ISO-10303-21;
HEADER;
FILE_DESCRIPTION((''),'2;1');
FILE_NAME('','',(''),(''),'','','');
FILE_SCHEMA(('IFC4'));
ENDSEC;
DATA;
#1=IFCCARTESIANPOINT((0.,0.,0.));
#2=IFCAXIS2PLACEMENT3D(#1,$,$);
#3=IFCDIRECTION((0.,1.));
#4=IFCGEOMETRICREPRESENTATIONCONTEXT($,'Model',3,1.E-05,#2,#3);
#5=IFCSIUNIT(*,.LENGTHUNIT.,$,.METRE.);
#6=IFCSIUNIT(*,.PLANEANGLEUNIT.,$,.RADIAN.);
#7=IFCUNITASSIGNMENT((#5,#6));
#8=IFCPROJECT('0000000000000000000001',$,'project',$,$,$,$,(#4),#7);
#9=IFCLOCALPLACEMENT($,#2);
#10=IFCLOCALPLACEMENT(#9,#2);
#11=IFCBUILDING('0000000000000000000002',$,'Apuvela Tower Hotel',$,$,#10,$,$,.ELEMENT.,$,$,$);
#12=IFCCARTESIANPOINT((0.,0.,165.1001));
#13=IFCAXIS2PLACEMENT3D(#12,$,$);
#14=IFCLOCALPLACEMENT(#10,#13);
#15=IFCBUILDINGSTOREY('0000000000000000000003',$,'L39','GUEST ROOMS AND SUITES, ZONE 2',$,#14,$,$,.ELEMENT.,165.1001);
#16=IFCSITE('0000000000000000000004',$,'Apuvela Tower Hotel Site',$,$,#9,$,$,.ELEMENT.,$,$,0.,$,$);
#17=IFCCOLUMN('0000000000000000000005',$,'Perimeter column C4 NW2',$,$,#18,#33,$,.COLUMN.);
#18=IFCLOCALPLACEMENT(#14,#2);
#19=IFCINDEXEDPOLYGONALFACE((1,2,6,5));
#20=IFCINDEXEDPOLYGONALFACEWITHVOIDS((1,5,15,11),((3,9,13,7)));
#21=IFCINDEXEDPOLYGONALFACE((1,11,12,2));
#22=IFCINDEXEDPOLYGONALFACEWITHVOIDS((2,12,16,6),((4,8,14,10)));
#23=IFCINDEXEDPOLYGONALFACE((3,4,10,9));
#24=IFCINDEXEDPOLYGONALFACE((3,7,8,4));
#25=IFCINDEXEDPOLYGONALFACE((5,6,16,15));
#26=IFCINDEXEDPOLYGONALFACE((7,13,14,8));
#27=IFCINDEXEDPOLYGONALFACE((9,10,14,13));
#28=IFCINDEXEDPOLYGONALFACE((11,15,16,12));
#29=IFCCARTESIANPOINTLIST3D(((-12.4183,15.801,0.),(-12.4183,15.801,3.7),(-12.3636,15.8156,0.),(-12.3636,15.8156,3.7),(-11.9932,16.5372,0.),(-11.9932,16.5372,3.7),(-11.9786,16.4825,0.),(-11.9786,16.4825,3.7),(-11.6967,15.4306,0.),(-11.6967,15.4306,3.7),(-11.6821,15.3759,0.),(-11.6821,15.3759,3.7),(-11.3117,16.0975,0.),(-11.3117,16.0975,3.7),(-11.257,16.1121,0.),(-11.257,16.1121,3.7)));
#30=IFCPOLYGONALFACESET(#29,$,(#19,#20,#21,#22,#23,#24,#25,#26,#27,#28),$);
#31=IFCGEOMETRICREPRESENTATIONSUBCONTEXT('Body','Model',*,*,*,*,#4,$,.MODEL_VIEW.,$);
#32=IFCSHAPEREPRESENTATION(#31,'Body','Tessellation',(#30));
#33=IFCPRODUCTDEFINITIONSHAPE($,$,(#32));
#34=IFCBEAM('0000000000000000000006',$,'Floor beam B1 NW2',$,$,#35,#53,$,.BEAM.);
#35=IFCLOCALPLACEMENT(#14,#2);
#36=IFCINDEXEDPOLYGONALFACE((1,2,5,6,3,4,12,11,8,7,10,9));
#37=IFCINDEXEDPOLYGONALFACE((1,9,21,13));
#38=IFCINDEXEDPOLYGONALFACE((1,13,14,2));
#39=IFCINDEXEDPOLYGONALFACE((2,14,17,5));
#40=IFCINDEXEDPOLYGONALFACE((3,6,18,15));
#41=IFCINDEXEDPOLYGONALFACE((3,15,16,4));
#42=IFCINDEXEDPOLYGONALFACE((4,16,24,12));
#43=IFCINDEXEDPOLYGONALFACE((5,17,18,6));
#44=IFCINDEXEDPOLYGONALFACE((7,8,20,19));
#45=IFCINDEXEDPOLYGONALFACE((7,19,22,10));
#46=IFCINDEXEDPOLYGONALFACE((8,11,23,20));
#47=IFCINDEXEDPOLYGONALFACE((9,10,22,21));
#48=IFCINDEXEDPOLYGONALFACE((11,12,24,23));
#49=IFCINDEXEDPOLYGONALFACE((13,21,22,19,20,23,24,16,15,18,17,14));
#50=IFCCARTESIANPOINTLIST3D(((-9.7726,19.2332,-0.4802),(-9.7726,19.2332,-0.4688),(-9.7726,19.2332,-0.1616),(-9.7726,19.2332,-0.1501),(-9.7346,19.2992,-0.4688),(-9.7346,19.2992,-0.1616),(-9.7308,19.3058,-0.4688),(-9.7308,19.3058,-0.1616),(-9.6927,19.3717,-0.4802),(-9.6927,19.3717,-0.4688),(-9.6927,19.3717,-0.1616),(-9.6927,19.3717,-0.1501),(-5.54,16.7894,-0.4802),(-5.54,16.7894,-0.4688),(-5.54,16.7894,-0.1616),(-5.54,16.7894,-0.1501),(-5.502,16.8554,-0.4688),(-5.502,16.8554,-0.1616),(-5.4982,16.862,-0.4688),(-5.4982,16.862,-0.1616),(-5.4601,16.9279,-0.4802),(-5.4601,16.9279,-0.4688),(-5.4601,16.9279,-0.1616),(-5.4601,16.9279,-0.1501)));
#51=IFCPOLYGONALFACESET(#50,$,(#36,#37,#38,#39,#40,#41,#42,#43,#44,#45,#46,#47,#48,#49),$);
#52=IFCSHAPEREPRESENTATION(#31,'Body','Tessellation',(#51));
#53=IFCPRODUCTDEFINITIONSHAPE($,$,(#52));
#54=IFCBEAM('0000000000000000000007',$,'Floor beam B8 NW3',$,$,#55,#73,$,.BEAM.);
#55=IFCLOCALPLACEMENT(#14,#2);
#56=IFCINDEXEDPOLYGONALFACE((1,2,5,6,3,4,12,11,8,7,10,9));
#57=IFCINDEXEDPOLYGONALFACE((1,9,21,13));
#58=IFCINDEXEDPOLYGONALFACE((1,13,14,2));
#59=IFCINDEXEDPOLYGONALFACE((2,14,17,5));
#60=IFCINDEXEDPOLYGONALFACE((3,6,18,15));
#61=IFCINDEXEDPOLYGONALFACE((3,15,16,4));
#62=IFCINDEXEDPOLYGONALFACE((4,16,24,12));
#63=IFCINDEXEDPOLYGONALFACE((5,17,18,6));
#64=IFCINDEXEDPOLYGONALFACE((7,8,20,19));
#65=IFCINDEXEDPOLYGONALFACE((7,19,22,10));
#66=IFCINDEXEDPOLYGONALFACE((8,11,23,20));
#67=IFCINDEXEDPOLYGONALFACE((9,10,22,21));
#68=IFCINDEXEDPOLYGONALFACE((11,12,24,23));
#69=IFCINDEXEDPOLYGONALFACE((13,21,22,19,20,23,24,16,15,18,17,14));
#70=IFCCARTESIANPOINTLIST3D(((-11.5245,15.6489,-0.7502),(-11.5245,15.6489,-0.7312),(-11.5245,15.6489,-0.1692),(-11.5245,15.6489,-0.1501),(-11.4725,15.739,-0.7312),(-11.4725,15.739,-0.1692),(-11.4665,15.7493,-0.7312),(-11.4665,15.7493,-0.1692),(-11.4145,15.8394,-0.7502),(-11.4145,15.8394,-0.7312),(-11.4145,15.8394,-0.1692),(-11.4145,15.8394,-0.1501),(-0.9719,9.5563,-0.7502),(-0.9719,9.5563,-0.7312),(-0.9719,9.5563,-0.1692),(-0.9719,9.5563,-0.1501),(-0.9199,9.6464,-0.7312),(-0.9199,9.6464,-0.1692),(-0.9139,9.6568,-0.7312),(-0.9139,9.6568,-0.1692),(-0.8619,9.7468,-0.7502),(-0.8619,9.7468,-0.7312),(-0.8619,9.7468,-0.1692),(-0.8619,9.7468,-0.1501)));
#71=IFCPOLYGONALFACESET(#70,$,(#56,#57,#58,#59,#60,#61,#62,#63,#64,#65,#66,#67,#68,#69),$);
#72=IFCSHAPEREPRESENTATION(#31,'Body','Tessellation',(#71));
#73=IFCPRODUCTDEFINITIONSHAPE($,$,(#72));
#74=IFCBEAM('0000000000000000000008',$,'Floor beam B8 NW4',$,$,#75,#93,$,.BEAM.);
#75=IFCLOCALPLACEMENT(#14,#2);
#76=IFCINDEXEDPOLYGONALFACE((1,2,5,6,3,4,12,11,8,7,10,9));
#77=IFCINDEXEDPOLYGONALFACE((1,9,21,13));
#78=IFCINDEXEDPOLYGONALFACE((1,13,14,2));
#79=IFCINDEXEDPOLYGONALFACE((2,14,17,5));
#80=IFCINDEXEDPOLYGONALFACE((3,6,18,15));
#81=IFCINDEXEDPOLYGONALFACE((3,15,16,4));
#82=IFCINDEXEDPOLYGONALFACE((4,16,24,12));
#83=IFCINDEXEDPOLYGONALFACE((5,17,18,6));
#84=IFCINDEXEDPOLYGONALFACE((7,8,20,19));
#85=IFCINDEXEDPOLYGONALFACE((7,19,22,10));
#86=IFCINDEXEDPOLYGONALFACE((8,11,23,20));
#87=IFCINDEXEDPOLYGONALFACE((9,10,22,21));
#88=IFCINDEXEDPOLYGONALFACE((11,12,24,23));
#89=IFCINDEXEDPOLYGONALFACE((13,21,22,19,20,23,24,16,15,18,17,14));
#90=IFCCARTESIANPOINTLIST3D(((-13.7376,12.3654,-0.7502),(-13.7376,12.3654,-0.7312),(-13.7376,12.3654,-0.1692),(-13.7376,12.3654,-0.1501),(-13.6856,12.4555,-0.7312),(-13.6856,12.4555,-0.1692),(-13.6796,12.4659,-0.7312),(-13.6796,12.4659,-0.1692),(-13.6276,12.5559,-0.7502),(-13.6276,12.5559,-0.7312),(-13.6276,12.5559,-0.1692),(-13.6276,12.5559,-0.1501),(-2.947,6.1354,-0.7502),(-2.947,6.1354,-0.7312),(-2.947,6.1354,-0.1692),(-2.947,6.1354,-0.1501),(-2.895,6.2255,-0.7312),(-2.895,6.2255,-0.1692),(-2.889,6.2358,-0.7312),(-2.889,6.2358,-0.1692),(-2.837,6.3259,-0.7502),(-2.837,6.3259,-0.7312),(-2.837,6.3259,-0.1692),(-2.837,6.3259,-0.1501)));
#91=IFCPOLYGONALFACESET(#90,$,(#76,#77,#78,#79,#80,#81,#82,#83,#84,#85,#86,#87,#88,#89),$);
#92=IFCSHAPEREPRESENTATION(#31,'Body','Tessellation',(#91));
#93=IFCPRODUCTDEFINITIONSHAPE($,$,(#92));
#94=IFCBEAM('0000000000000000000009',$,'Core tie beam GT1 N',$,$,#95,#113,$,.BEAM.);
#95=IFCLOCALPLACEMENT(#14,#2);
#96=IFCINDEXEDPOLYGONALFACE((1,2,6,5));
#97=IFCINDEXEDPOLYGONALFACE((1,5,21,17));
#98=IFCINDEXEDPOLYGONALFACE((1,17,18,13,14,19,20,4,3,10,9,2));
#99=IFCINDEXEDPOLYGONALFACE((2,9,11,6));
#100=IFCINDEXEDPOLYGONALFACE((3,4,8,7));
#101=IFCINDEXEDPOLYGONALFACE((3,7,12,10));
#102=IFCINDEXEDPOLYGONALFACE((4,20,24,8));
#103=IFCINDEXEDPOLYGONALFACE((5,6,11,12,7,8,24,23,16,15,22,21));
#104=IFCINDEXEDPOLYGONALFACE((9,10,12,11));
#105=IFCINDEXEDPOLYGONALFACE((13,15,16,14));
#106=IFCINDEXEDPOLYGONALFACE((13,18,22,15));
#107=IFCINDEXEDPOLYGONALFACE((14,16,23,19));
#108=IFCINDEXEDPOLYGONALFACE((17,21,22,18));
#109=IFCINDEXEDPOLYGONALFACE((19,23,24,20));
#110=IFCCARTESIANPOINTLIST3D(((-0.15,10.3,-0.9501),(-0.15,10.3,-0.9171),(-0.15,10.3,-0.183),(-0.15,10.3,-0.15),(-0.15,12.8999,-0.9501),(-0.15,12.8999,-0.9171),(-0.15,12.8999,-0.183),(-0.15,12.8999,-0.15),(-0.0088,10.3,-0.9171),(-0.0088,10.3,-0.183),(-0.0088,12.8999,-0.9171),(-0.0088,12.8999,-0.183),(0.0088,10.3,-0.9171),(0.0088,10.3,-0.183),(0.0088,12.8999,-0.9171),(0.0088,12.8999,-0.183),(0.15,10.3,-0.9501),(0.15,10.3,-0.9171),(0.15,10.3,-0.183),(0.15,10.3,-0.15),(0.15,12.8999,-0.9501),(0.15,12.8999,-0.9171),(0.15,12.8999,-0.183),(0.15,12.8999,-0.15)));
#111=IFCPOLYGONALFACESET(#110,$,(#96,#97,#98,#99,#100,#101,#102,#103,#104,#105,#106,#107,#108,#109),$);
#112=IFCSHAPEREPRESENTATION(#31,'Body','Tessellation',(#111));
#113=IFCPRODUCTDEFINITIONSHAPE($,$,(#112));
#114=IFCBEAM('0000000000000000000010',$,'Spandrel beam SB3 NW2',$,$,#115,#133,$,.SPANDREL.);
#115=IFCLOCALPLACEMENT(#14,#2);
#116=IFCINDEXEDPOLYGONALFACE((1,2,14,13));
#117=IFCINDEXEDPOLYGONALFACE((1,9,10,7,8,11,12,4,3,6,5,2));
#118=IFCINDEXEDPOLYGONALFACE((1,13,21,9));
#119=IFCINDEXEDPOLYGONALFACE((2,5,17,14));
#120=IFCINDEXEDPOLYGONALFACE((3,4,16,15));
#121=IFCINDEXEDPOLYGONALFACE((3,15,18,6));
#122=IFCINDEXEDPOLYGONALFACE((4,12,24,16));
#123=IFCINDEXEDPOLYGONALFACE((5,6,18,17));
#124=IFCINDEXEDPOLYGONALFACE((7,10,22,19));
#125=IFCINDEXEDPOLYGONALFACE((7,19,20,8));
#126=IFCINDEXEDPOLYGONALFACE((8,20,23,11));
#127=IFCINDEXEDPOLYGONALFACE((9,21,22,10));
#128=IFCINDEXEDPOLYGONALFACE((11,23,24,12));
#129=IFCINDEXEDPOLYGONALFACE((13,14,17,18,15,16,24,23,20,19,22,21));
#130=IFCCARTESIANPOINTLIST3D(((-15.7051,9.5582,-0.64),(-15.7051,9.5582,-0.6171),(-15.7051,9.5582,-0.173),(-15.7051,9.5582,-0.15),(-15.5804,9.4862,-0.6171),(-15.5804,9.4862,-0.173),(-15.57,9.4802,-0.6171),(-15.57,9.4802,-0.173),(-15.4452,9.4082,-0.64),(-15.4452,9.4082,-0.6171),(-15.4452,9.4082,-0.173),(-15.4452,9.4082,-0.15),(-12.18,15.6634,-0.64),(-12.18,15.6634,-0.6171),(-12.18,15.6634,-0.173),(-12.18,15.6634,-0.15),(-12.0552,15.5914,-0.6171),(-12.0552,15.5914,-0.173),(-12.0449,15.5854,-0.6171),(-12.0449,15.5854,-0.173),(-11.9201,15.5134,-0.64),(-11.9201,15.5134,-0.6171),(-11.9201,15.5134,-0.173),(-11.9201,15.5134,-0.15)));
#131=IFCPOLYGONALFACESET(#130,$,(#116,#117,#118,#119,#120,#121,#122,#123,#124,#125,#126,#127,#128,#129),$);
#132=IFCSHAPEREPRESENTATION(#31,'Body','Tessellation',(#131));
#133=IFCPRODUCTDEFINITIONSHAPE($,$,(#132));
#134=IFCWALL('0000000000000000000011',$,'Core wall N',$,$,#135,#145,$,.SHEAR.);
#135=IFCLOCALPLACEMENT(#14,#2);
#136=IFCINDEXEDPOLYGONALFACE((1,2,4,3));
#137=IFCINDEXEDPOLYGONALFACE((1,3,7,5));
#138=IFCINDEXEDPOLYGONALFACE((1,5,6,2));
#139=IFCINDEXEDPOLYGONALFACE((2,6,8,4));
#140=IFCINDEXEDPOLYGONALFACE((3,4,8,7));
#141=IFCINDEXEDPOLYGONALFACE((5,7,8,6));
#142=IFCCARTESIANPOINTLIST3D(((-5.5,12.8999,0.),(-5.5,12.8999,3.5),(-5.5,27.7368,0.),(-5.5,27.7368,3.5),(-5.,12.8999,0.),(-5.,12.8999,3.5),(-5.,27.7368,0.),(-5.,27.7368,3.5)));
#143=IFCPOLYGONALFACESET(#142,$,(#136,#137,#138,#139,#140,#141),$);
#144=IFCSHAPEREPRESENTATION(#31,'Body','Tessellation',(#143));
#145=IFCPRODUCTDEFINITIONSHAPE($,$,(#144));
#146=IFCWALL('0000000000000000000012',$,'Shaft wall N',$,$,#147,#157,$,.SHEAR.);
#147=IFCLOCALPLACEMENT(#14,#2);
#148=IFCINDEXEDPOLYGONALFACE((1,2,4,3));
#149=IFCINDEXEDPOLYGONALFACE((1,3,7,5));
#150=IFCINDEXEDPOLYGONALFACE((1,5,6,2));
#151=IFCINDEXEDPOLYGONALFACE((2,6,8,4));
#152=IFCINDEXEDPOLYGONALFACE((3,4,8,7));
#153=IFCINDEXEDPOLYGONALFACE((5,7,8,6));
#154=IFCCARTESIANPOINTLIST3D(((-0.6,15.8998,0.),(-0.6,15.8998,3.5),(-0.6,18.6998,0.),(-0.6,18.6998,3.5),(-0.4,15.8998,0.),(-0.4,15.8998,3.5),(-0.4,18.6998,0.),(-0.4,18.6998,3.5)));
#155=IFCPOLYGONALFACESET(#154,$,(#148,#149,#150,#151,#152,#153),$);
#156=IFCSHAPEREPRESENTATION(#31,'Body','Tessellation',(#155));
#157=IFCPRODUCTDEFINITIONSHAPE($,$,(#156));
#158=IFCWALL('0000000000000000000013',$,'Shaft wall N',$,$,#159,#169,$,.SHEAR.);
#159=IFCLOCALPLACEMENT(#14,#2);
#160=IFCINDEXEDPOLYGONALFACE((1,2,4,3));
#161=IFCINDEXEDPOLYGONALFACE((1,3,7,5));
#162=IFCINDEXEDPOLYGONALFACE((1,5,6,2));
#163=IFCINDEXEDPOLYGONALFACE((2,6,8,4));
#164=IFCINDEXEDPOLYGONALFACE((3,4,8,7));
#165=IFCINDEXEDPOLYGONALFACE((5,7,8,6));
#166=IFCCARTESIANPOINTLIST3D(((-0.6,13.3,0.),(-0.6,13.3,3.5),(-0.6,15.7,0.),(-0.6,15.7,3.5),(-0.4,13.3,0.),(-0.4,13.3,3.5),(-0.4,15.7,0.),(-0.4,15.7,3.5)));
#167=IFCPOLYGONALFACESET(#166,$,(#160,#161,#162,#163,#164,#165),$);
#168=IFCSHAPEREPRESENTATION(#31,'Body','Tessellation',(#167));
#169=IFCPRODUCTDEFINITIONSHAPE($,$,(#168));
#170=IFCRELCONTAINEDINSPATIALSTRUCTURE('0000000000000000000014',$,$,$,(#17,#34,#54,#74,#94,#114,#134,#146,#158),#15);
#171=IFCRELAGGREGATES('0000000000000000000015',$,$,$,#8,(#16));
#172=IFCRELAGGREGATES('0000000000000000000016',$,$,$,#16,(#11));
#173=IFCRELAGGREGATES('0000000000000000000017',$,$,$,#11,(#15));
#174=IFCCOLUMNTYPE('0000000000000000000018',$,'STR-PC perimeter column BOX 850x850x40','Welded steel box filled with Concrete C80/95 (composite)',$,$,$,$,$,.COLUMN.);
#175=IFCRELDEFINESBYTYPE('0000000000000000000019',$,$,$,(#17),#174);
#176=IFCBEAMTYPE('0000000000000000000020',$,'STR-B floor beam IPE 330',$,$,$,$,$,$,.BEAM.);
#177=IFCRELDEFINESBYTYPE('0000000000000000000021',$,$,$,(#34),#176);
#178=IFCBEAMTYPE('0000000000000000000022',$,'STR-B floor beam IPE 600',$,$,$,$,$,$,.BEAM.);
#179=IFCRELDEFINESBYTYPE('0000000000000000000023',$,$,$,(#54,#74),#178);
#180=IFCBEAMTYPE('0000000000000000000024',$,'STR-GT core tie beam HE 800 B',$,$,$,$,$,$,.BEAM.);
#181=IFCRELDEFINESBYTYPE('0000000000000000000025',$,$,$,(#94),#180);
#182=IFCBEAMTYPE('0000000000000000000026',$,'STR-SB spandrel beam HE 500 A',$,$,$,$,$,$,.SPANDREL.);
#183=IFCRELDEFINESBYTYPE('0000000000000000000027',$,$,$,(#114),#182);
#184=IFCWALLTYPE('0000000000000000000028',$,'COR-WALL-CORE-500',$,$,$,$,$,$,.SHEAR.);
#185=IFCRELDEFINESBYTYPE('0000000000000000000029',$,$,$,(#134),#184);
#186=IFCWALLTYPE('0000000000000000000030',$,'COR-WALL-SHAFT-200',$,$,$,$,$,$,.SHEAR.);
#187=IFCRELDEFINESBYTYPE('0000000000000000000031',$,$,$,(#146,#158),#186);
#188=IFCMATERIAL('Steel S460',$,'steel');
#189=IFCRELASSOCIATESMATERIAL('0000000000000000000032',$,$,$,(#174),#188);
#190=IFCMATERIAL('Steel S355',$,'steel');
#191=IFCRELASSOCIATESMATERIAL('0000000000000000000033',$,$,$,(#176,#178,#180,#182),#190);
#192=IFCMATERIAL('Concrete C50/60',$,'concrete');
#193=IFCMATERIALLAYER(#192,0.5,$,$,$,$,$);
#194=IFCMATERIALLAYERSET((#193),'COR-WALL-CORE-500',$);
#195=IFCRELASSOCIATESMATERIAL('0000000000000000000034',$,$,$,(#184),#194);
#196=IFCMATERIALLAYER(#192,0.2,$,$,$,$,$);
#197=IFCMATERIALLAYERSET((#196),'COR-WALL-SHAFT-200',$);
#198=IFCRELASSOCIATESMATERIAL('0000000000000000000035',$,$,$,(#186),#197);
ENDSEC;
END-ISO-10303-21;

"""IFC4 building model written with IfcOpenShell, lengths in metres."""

from ifc_helpers import new_model, si_unit, direction, frame, frame_2d, origin, origin_2d, place, context, subcontext, project, spatial, rectangle, hollow_rectangle, i_section, extrude, material, layer, layer_set, material_profile, profile_set, type_object, element, save


model = new_model("IFC4")

# Units and contexts
model_context = context("Model", 3, precision=1e-05, world=origin(), true_north=direction((0.0, 1.0)))
body_context = subcontext(model_context, "Body", "Model", "MODEL_VIEW")
ifc_project = project(units=[si_unit("LENGTHUNIT", "METRE"), si_unit("PLANEANGLEUNIT", "RADIAN")], contexts=[model_context])

# Site, building, storey
site_placement = place(None, origin())
site = spatial("IfcSite", under=ifc_project, at=site_placement, Name="Apuvela Tower Hotel Site", CompositionType="ELEMENT", RefElevation=0.0)
building_placement = place(site_placement, origin())
building = spatial("IfcBuilding", under=site, at=building_placement, Name="Apuvela Tower Hotel", CompositionType="ELEMENT")
storey_placement = place(building_placement, frame((0.0, 0.0, 165.1001)))
storey = spatial("IfcBuildingStorey", under=building, at=storey_placement, Name="L39", Description="GUEST ROOMS AND SUITES, ZONE 2", CompositionType="ELEMENT", Elevation=165.1001)

# Column
ifc_material_1 = material(Name="Steel S460", Category="steel")
ifc_material_profile_1 = material_profile(ifc_material_1, hollow_rectangle(XDim=0.8501, YDim=0.8501, WallThickness=0.04, at=origin_2d()), Name="BOX 850x850x40")
ifc_material_2 = material(Name="Concrete C80/95", Category="concrete")
ifc_material_profile_2 = material_profile(ifc_material_2, rectangle(XDim=0.77, YDim=0.77, at=origin_2d()), Name="Concrete C80/95 infill")
ifc_profile_set_1 = profile_set([ifc_material_profile_1, ifc_material_profile_2], Name="Steel S460")
column_type = type_object("IfcColumnType", Name="STR-PC perimeter column BOX 850x850x40", Description="Welded steel box filled with Concrete C80/95 (composite)", PredefinedType="COLUMN", material=ifc_profile_set_1)
column_placement = place(storey_placement, frame((-11.8376, 15.9565, 0.0), z_axis=(0.0, 0.0, 1.0), x_axis=(0.5, 0.866025, 0.0)))
element("IfcColumn", 1, at=column_placement, inside=storey, type_object=column_type, Name="Perimeter column C4 NW2", PredefinedType="COLUMN", context=body_context, shape_type="SweptSolid", body=[
    extrude(hollow_rectangle(XDim=0.8501, YDim=0.8501, WallThickness=0.04, at=origin_2d()), origin(), (0.0, 0.0, 1.0), 3.7),
])

# Beams
ifc_material_3 = material(Name="Steel S355", Category="steel")
ifc_material_profile_3 = material_profile(ifc_material_3, i_section(OverallWidth=0.1599, OverallDepth=0.3301, WebThickness=0.0076, FlangeThickness=0.0115, at=origin_2d()), Name="IPE 330")
ifc_profile_set_2 = profile_set([ifc_material_profile_3], Name="Steel S355")
beam_type_1 = type_object("IfcBeamType", Name="STR-B floor beam IPE 330", PredefinedType="BEAM", material=ifc_profile_set_2)
beam_1_placement = place(storey_placement, frame((-9.7327, 19.3025, -0.3152), z_axis=(0.866015, -0.500018, 0.0), x_axis=(0.500018, 0.866015, 0.0)))
element("IfcBeam", 2, at=beam_1_placement, inside=storey, type_object=beam_type_1, Name="Floor beam B1 NW2", PredefinedType="BEAM", context=body_context, shape_type="SweptSolid", body=[
    extrude(i_section(OverallWidth=0.1599, OverallDepth=0.3301, WebThickness=0.0076, FlangeThickness=0.0115, at=origin_2d()), origin(), (0.0, 0.0, 1.0), 4.8875),
])
ifc_material_profile_4 = material_profile(ifc_material_3, i_section(OverallWidth=0.22, OverallDepth=0.6001, WebThickness=0.012, FlangeThickness=0.019, at=origin_2d()), Name="IPE 600")
ifc_profile_set_3 = profile_set([ifc_material_profile_4], Name="Steel S355")
beam_type_2 = type_object("IfcBeamType", Name="STR-B floor beam IPE 600", PredefinedType="BEAM", material=ifc_profile_set_3)
beam_2_placement = place(storey_placement, frame((-11.4695, 15.7441, -0.4502), z_axis=(0.866024, -0.500003, 0.0), x_axis=(0.500003, 0.866024, 0.0)))
element("IfcBeam", 3, at=beam_2_placement, inside=storey, type_object=beam_type_2, Name="Floor beam B8 NW3", PredefinedType="BEAM", context=body_context, shape_type="SweptSolid", body=[
    extrude(i_section(OverallWidth=0.22, OverallDepth=0.6001, WebThickness=0.012, FlangeThickness=0.019, at=origin_2d()), origin(), (0.0, 0.0, 1.0), 12.1851),
])
beam_3_placement = place(storey_placement, frame((-13.6826, 12.4607, -0.4502), z_axis=(0.866023, -0.500004, 0.0), x_axis=(0.500004, 0.866023, 0.0)))
element("IfcBeam", 4, at=beam_3_placement, inside=storey, type_object=beam_type_2, Name="Floor beam B8 NW4", PredefinedType="BEAM", context=body_context, shape_type="SweptSolid", body=[
    extrude(i_section(OverallWidth=0.22, OverallDepth=0.6001, WebThickness=0.012, FlangeThickness=0.019, at=origin_2d()), origin(), (0.0, 0.0, 1.0), 12.46),
])
ifc_material_profile_5 = material_profile(ifc_material_3, i_section(OverallWidth=0.3, OverallDepth=0.8, WebThickness=0.0176, FlangeThickness=0.033, at=origin_2d()), Name="HE 800 B")
ifc_profile_set_4 = profile_set([ifc_material_profile_5], Name="Steel S355")
beam_type_3 = type_object("IfcBeamType", Name="STR-GT core tie beam HE 800 B", PredefinedType="BEAM", material=ifc_profile_set_4)
beam_4_placement = place(storey_placement, frame((0.0, 12.8999, -0.55), z_axis=(0.0, -1.0, 0.0), x_axis=(1.0, 0.0, 0.0)))
element("IfcBeam", 5, at=beam_4_placement, inside=storey, type_object=beam_type_3, Name="Core tie beam GT1 N", PredefinedType="BEAM", context=body_context, shape_type="SweptSolid", body=[
    extrude(i_section(OverallWidth=0.3, OverallDepth=0.8, WebThickness=0.0176, FlangeThickness=0.033, at=origin_2d()), origin(), (0.0, 0.0, 1.0), 2.5999),
])
ifc_material_profile_6 = material_profile(ifc_material_3, i_section(OverallWidth=0.3, OverallDepth=0.49, WebThickness=0.012, FlangeThickness=0.0229, at=origin_2d()), Name="HE 500 A")
ifc_profile_set_5 = profile_set([ifc_material_profile_6], Name="Steel S355")
beam_type_4 = type_object("IfcBeamType", Name="STR-SB spandrel beam HE 500 A", PredefinedType="SPANDREL", material=ifc_profile_set_5)
beam_5_placement = place(storey_placement, frame((-12.05, 15.5884, -0.395), z_axis=(-0.500031, -0.866007, 0.0), x_axis=(0.866007, -0.500031, 0.0)))
element("IfcBeam", 6, at=beam_5_placement, inside=storey, type_object=beam_type_4, Name="Spandrel beam SB3 NW2", PredefinedType="SPANDREL", context=body_context, shape_type="SweptSolid", body=[
    extrude(i_section(OverallWidth=0.3, OverallDepth=0.49, WebThickness=0.012, FlangeThickness=0.0229, at=origin_2d()), origin(), (0.0, 0.0, 1.0), 7.0498),
])

# Walls
ifc_material_4 = material(Name="Concrete C50/60", Category="concrete")
ifc_layer_1 = layer(ifc_material_4, 0.5)
ifc_layer_set_1 = layer_set([ifc_layer_1], Name="COR-WALL-CORE-500")
wall_type_1 = type_object("IfcWallType", Name="COR-WALL-CORE-500", PredefinedType="SHEAR", material=ifc_layer_set_1)
wall_1_placement = place(storey_placement, frame((-5.25, 12.8999, 0.0), z_axis=(0.0, 0.0, 1.0), x_axis=(0.0, 1.0, 0.0)))
element("IfcWall", 7, at=wall_1_placement, inside=storey, type_object=wall_type_1, Name="Core wall N", PredefinedType="SHEAR", context=body_context, shape_type="SweptSolid", body=[
    extrude(rectangle(XDim=14.8369, YDim=0.5, at=frame_2d((7.4185, 0.0))), origin(), (0.0, 0.0, 1.0), 3.5),
])
ifc_layer_2 = layer(ifc_material_4, 0.2)
ifc_layer_set_2 = layer_set([ifc_layer_2], Name="COR-WALL-SHAFT-200")
wall_type_2 = type_object("IfcWallType", Name="COR-WALL-SHAFT-200", PredefinedType="SHEAR", material=ifc_layer_set_2)
wall_2_placement = place(storey_placement, frame((-0.5, 15.8999, 0.0), z_axis=(0.0, 0.0, 1.0), x_axis=(0.0, 1.0, 0.0)))
element("IfcWall", 8, at=wall_2_placement, inside=storey, type_object=wall_type_2, Name="Shaft wall N", PredefinedType="SHEAR", context=body_context, shape_type="SweptSolid", body=[
    extrude(rectangle(XDim=2.8, YDim=0.2, at=frame_2d((1.3999, 0.0))), origin(), (0.0, 0.0, 1.0), 3.5),
])
wall_3_placement = place(storey_placement, frame((-0.5, 13.3, 0.0), z_axis=(0.0, 0.0, 1.0), x_axis=(0.0, 1.0, 0.0)))
element("IfcWall", 9, at=wall_3_placement, inside=storey, type_object=wall_type_2, Name="Shaft wall N", PredefinedType="SHEAR", context=body_context, shape_type="SweptSolid", body=[
    extrude(rectangle(XDim=2.3999, YDim=0.2, at=frame_2d((1.2, 0.0))), origin(), (0.0, 0.0, 1.0), 3.5),
])

save(model, "model.ifc")
